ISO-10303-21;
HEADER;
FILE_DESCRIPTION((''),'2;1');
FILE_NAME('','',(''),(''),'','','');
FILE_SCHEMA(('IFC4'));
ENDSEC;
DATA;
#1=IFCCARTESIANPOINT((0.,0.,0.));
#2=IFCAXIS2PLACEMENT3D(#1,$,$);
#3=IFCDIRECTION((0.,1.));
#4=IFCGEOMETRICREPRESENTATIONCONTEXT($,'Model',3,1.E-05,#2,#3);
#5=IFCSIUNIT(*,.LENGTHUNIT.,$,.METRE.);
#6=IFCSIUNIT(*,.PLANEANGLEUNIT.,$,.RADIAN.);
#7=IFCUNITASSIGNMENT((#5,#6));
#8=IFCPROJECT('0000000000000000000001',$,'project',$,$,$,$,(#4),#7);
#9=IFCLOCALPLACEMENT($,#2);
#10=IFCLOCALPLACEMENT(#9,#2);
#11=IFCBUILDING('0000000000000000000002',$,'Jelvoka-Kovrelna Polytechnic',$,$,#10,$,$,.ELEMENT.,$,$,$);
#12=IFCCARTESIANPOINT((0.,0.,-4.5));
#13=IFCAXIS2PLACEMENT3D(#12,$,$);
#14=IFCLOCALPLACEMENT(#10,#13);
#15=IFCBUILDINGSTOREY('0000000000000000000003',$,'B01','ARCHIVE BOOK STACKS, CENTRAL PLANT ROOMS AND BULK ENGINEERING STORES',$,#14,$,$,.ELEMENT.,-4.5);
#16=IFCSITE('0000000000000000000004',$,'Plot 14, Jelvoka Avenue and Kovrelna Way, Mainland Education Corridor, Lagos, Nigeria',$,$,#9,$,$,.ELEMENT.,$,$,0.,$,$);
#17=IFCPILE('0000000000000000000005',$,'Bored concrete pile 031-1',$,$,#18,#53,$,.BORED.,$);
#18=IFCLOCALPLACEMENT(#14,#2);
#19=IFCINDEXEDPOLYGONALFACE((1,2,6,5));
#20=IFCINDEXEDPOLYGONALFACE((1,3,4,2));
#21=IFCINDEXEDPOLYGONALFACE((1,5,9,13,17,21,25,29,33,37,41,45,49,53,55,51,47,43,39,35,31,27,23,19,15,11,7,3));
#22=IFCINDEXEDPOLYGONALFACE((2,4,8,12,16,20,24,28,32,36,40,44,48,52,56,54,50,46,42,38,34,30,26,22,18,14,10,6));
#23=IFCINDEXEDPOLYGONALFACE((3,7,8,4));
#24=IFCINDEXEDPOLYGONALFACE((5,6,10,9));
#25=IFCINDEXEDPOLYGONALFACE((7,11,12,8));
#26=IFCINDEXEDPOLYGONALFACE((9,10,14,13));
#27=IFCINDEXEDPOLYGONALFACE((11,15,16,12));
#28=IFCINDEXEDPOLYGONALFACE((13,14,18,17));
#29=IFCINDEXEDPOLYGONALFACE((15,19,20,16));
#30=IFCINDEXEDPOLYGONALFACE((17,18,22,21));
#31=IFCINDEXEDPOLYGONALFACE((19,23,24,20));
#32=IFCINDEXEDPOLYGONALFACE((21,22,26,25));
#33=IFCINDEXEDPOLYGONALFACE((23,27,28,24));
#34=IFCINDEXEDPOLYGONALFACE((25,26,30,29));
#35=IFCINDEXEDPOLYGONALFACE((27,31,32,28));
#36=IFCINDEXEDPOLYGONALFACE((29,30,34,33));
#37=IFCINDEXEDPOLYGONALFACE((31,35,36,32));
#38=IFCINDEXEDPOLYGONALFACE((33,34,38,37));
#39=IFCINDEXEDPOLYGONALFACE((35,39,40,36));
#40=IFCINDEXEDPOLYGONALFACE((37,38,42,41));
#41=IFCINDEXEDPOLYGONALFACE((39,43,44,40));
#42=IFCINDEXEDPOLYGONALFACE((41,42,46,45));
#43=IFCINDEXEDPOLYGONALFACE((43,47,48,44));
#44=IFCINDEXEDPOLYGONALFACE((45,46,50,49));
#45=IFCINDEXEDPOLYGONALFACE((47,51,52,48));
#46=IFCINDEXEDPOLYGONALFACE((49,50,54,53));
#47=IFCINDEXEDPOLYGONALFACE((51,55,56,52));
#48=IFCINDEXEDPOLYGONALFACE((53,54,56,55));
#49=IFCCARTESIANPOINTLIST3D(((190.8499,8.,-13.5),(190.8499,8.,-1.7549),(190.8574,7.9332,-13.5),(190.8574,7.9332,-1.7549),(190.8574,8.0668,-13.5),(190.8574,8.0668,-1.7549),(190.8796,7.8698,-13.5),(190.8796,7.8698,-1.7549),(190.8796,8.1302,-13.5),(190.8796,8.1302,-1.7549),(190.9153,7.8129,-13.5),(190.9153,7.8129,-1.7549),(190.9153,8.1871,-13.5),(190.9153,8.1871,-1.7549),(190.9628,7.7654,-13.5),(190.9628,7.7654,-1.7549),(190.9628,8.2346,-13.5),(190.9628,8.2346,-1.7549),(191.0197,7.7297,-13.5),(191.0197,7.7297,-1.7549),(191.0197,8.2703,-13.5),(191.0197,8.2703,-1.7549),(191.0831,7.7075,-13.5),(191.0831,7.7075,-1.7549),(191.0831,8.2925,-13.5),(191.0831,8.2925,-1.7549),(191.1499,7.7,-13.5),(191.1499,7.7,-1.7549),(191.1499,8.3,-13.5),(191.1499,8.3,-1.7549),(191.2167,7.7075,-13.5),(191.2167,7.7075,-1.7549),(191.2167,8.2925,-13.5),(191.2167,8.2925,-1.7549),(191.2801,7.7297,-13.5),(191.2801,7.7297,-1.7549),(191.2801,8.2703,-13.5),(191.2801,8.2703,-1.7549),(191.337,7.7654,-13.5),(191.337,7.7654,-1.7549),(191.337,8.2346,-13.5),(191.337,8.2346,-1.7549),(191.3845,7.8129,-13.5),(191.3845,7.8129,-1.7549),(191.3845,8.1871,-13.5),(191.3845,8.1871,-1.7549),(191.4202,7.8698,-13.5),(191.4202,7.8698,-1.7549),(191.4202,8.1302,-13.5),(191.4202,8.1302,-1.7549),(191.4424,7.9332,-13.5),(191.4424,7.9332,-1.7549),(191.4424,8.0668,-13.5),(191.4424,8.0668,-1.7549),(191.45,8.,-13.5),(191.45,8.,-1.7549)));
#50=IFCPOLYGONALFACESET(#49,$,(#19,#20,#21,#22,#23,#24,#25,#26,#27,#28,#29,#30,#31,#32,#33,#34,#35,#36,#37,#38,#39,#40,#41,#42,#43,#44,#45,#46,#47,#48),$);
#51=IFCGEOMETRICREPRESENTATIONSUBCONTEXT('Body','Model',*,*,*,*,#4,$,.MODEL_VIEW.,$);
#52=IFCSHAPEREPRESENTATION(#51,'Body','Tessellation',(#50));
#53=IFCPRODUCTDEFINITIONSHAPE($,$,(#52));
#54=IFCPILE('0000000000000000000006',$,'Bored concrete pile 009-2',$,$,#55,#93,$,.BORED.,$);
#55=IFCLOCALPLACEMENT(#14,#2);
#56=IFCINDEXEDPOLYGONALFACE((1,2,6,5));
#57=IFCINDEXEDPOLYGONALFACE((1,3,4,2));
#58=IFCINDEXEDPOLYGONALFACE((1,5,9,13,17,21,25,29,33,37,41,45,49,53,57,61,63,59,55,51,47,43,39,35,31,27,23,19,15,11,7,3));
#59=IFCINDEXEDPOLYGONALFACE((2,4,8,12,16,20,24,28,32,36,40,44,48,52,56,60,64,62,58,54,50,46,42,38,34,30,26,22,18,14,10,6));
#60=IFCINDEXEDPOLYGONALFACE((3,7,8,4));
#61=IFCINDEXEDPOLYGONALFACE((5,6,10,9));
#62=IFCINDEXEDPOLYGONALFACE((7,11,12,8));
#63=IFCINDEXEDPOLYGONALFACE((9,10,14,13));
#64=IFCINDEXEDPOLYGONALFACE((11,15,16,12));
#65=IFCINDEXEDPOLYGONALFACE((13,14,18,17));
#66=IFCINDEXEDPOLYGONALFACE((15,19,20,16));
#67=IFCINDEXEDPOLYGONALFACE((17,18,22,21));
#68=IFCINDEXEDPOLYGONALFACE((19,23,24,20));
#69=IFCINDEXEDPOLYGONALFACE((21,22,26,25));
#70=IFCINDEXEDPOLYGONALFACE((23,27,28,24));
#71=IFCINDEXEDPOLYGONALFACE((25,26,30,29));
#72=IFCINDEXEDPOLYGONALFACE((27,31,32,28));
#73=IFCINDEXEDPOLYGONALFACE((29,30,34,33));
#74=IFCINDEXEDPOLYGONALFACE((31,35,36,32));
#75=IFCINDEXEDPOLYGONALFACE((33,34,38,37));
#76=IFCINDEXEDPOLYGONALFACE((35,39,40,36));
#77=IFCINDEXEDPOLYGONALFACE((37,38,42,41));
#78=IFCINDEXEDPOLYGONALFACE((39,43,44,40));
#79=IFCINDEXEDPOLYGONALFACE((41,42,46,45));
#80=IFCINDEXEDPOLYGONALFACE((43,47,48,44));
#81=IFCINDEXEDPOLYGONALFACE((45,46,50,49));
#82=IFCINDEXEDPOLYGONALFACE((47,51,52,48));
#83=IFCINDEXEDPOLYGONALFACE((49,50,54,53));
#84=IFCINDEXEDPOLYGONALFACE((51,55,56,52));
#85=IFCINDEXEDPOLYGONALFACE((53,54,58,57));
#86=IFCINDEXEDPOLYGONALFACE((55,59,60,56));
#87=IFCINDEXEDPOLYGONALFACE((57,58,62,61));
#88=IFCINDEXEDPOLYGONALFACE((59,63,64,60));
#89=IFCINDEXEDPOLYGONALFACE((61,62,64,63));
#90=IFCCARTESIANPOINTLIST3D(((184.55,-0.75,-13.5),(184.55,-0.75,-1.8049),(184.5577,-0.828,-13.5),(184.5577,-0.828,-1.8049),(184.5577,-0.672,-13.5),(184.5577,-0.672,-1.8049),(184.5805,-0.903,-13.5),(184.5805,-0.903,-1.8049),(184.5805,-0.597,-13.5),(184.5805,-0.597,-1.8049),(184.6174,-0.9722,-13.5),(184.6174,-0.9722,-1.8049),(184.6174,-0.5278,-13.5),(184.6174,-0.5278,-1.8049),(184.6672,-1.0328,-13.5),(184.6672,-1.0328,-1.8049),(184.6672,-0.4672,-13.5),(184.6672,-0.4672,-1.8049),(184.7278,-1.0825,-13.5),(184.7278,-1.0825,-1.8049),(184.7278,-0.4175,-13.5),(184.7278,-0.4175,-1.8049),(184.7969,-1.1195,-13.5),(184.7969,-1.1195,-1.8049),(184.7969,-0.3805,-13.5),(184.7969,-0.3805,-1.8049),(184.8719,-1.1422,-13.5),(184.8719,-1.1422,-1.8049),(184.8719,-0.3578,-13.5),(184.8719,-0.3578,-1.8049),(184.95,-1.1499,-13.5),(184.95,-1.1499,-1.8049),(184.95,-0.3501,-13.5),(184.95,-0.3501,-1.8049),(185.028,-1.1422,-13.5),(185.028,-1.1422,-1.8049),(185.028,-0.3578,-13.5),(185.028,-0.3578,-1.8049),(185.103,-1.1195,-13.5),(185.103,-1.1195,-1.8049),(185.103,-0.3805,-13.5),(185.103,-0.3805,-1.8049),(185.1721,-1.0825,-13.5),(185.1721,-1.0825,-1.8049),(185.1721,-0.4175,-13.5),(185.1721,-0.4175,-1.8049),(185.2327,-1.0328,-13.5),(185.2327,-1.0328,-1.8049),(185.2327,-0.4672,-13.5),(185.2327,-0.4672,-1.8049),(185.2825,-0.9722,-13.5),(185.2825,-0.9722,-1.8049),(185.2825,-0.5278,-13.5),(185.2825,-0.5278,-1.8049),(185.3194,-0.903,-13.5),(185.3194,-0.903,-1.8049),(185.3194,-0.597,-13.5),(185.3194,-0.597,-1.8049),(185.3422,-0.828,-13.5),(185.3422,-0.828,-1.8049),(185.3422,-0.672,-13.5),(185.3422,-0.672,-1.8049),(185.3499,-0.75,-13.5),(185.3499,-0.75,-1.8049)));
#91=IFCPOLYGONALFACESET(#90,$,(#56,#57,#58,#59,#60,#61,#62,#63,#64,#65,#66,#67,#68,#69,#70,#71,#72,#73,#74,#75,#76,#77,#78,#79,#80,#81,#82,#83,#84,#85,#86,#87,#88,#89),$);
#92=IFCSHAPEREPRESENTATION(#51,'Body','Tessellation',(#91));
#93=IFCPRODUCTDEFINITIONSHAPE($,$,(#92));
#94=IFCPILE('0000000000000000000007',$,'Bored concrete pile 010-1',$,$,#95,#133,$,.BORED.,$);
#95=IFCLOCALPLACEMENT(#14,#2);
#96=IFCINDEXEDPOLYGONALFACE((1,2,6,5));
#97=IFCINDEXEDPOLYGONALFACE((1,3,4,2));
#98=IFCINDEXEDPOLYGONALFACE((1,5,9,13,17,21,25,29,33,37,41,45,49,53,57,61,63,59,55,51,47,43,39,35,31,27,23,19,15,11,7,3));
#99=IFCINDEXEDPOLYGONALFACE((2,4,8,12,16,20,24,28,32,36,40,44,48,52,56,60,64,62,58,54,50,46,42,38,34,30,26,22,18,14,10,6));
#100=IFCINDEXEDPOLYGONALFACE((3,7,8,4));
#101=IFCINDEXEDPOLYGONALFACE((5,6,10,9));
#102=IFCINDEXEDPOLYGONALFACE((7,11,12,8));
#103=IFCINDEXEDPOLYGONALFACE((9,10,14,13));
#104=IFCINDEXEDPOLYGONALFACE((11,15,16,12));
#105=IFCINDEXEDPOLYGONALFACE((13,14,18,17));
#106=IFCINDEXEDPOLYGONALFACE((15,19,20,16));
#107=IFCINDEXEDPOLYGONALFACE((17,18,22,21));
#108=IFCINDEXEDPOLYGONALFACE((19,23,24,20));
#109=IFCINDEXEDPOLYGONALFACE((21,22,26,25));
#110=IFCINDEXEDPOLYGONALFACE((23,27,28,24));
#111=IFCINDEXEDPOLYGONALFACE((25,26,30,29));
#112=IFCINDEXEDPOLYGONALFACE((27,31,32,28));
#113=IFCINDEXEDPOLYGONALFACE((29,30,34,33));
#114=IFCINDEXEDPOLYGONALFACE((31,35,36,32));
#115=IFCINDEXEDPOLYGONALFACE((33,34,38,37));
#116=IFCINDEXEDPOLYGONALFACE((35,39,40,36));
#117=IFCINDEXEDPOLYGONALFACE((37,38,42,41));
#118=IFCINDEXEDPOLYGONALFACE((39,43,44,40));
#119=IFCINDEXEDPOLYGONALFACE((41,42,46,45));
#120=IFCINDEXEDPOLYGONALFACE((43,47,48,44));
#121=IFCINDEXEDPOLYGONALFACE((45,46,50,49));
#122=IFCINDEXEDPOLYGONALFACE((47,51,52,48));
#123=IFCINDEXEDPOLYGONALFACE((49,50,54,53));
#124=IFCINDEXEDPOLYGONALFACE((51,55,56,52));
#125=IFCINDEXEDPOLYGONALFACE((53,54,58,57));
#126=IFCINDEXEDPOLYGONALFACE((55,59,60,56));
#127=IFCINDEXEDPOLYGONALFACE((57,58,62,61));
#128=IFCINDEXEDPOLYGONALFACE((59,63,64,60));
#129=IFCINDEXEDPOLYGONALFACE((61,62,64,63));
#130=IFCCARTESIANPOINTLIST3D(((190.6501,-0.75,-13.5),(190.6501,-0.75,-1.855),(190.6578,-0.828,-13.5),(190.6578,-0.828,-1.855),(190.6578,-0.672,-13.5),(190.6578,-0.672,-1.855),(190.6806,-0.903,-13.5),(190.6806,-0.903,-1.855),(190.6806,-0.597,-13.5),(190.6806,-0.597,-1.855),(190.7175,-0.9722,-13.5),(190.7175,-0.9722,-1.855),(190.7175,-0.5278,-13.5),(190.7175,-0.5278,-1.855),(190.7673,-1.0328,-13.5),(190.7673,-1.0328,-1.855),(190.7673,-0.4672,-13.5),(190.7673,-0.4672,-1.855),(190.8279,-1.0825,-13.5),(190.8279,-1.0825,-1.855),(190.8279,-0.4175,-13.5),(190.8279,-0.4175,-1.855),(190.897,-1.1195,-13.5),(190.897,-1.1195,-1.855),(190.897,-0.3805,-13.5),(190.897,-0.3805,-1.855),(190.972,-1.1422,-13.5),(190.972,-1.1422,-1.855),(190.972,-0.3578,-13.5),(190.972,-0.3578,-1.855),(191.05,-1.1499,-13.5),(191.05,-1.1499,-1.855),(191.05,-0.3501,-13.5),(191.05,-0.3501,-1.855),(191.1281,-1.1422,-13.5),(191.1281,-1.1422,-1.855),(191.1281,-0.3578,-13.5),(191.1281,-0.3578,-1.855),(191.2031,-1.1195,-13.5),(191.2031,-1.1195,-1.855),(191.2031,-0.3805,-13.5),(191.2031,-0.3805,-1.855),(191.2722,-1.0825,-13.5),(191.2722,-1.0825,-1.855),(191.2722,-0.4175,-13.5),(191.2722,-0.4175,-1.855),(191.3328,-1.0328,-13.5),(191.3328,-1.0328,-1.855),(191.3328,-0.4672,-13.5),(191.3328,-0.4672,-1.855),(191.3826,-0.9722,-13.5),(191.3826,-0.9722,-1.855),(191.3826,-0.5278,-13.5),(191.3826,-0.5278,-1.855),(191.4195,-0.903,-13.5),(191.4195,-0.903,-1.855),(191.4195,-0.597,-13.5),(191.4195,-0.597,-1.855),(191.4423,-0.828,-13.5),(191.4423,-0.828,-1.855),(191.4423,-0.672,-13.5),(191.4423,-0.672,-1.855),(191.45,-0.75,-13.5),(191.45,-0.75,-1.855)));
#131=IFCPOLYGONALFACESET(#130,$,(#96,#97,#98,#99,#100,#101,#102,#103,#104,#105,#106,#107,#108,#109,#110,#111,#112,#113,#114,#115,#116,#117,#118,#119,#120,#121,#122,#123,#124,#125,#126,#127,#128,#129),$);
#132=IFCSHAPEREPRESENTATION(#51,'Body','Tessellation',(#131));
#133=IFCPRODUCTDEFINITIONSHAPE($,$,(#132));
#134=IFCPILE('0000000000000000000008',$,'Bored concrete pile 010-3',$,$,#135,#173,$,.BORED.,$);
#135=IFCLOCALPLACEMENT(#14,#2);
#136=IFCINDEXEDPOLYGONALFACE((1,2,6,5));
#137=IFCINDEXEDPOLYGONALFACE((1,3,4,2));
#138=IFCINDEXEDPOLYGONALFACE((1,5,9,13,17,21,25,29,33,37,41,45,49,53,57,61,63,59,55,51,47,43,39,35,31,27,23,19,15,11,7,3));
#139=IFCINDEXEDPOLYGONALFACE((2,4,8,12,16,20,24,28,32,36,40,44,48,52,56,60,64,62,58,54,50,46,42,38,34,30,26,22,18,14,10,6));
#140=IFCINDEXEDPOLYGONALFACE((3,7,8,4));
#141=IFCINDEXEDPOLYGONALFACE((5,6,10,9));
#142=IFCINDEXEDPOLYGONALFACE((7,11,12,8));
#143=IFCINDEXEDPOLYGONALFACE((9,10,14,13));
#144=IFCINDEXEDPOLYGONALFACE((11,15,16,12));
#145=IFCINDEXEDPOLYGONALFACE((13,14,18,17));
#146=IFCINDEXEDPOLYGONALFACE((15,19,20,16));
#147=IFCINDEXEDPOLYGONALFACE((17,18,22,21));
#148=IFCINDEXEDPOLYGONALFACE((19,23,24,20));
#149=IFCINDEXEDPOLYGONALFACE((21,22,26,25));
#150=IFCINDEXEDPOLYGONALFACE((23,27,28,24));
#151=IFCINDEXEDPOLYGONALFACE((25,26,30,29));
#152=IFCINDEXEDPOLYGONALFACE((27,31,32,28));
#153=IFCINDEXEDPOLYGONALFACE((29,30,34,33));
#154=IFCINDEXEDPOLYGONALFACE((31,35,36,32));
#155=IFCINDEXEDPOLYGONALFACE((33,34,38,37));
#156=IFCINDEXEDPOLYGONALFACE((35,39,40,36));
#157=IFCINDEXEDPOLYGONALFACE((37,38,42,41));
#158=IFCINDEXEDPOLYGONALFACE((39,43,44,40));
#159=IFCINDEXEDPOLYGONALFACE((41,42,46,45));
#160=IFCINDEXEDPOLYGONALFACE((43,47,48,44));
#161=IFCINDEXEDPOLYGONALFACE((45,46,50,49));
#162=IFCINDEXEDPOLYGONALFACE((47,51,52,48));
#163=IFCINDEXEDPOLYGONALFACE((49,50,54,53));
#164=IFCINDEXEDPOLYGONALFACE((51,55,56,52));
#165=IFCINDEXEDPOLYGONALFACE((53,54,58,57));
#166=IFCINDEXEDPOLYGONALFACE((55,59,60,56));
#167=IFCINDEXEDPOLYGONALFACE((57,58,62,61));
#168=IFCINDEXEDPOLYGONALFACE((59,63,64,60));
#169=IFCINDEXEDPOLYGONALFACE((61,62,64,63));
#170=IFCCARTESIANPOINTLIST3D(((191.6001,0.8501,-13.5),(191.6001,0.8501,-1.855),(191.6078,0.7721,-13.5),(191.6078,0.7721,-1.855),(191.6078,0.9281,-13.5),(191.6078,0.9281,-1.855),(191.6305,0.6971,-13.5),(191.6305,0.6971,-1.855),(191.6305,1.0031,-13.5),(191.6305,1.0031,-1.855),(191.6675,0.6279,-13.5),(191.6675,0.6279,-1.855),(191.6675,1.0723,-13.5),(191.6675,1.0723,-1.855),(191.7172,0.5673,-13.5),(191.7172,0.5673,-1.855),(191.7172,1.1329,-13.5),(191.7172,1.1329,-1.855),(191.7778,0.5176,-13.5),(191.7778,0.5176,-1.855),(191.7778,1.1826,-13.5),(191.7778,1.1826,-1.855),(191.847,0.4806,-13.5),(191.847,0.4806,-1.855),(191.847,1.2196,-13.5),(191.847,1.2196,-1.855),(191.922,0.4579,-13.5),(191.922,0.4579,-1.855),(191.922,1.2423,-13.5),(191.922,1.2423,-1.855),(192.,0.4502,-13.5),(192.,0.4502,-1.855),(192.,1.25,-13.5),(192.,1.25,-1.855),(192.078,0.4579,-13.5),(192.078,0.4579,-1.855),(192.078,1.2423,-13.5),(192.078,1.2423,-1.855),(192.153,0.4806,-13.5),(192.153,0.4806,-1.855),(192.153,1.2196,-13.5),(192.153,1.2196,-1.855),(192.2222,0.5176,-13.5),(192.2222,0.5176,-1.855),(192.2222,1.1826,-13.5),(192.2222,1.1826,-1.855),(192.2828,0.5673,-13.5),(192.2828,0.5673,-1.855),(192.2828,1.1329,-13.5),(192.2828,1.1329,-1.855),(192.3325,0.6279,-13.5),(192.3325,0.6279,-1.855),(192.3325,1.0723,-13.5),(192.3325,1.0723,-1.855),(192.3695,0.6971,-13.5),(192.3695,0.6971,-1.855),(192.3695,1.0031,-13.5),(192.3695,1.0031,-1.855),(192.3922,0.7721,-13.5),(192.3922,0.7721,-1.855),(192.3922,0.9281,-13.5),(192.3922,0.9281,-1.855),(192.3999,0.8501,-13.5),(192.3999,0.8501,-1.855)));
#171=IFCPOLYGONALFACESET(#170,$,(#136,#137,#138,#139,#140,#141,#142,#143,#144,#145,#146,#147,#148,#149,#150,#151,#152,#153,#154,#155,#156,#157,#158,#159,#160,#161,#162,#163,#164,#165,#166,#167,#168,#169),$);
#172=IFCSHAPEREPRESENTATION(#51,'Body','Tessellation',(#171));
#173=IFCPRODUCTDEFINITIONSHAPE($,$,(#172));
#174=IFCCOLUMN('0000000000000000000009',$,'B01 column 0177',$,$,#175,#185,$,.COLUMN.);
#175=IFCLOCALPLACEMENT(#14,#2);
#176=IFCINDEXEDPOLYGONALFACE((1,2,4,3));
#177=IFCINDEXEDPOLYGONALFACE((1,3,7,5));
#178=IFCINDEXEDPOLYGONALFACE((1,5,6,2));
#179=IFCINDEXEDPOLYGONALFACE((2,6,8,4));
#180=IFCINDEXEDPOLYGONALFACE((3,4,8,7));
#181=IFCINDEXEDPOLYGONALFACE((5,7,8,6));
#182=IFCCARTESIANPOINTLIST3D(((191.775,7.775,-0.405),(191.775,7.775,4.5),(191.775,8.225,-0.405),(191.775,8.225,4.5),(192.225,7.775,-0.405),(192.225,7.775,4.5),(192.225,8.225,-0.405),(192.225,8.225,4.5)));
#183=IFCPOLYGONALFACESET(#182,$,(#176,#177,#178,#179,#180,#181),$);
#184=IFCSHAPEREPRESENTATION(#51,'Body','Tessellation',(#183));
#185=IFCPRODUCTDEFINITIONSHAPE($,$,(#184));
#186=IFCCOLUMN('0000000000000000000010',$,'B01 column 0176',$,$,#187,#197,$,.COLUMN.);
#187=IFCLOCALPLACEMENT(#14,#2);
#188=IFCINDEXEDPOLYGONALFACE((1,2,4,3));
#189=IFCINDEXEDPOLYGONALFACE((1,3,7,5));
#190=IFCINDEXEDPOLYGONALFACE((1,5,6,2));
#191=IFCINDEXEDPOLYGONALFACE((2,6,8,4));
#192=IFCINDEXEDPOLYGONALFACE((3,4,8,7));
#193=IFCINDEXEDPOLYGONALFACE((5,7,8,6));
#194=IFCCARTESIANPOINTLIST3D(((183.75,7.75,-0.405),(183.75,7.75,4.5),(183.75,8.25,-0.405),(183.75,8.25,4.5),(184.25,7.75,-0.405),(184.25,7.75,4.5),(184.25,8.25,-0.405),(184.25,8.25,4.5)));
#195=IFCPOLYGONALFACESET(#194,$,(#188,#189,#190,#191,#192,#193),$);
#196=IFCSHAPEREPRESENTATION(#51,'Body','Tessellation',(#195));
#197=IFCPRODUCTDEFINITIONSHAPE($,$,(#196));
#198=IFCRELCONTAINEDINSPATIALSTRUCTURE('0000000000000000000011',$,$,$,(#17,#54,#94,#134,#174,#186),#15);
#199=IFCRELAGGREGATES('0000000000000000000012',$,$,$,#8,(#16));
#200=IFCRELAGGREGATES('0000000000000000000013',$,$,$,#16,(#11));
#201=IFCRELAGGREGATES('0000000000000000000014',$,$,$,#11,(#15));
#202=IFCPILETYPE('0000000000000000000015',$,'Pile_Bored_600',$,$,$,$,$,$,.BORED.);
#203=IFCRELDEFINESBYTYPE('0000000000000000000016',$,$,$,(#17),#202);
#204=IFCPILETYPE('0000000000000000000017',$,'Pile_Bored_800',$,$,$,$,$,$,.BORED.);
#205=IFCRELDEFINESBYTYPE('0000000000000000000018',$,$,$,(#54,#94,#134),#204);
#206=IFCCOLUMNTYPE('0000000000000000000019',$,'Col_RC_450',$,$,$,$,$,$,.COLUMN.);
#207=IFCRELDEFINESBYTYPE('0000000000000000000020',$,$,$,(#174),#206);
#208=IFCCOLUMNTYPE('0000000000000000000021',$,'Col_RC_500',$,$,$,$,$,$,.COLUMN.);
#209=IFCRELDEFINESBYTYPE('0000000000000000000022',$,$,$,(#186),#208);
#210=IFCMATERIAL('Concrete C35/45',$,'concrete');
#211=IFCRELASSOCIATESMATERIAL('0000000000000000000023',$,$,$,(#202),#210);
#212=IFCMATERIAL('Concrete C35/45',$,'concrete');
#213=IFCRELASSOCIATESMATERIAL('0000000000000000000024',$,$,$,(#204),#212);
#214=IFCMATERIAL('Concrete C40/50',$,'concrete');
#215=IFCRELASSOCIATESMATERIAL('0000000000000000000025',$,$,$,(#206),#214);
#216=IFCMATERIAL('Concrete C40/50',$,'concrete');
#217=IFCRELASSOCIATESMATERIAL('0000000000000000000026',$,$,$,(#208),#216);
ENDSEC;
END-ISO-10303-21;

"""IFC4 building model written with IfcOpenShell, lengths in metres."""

from ifc_helpers import new_model, si_unit, direction, frame, origin, origin_2d, place, context, subcontext, project, spatial, rectangle, circle, extrude, material, material_profile, profile_set, type_object, element, save


model = new_model("IFC4")

# Units and contexts
model_context = context("Model", 3, precision=1e-05, world=origin(), true_north=direction((0.0, 1.0)))
body_context = subcontext(model_context, "Body", "Model", "MODEL_VIEW")
ifc_project = project(units=[si_unit("LENGTHUNIT", "METRE"), si_unit("PLANEANGLEUNIT", "RADIAN")], contexts=[model_context])

# Site, building, storey
site_placement = place(None, origin())
site = spatial("IfcSite", under=ifc_project, at=site_placement, Name="Plot 14, Jelvoka Avenue and Kovrelna Way, Mainland Education Corridor, Lagos, Nigeria", CompositionType="ELEMENT", RefElevation=0.0)
building_placement = place(site_placement, origin())
building = spatial("IfcBuilding", under=site, at=building_placement, Name="Jelvoka-Kovrelna Polytechnic", CompositionType="ELEMENT")
storey_placement = place(building_placement, frame((0.0, 0.0, -4.5)))
storey = spatial("IfcBuildingStorey", under=building, at=storey_placement, Name="B01", Description="ARCHIVE BOOK STACKS, CENTRAL PLANT ROOMS AND BULK ENGINEERING STORES", CompositionType="ELEMENT", Elevation=-4.5)

# Piles
ifc_material_1 = material(Name="Concrete C35/45", Category="concrete")
ifc_material_profile_1 = material_profile(ifc_material_1, circle(Radius=0.3, at=origin_2d()), Name="PILE D600")
ifc_profile_set_1 = profile_set([ifc_material_profile_1], Name="Concrete C35/45")
pile_type_1 = type_object("IfcPileType", Name="Pile_Bored_600", PredefinedType="BORED", material=ifc_profile_set_1)
pile_1_placement = place(storey_placement, frame((191.1499, 8.0, -1.7549), z_axis=(0.0, 0.0, -1.0), x_axis=(1.0, 0.0, 0.0)))
element("IfcPile", 1, at=pile_1_placement, inside=storey, type_object=pile_type_1, Name="Bored concrete pile 031-1", PredefinedType="BORED", context=body_context, shape_type="SweptSolid", body=[
    extrude(circle(Radius=0.3, at=origin_2d()), origin(), (0.0, 0.0, 1.0), 11.7451),
])
ifc_material_2 = material(Name="Concrete C35/45", Category="concrete")
ifc_material_profile_2 = material_profile(ifc_material_2, circle(Radius=0.3999, at=origin_2d()), Name="PILE D800")
ifc_profile_set_2 = profile_set([ifc_material_profile_2], Name="Concrete C35/45")
pile_type_2 = type_object("IfcPileType", Name="Pile_Bored_800", PredefinedType="BORED", material=ifc_profile_set_2)
pile_2_placement = place(storey_placement, frame((184.95, -0.75, -1.8049), z_axis=(0.0, 0.0, -1.0), x_axis=(1.0, 0.0, 0.0)))
element("IfcPile", 2, at=pile_2_placement, inside=storey, type_object=pile_type_2, Name="Bored concrete pile 009-2", PredefinedType="BORED", context=body_context, shape_type="SweptSolid", body=[
    extrude(circle(Radius=0.3999, at=origin_2d()), origin(), (0.0, 0.0, 1.0), 11.6951),
])
for number, where, z_axis, x_axis, name in (
    (3, (191.05, -0.75, -1.855), (0.0, 0.0, -1.0), (1.0, 0.0, 0.0), "Bored concrete pile 010-1"),
    (4, (192.0, 0.8501, -1.855), (0.0, 0.0, -1.0), (1.0, 0.0, 0.0), "Bored concrete pile 010-3"),
):
    element("IfcPile", number, at=place(storey_placement, frame(where, z_axis=z_axis, x_axis=x_axis)), inside=storey, type_object=pile_type_2, Name=name, PredefinedType="BORED", context=body_context, shape_type="SweptSolid", body=[
        extrude(circle(Radius=0.3999, at=origin_2d()), origin(), (0.0, 0.0, 1.0), 11.645),
    ])

# Columns
ifc_material_3 = material(Name="Concrete C40/50", Category="concrete")
ifc_material_profile_3 = material_profile(ifc_material_3, rectangle(XDim=0.45, YDim=0.45, at=origin_2d()), Name="RC 450x450")
ifc_profile_set_3 = profile_set([ifc_material_profile_3], Name="Concrete C40/50")
column_type_1 = type_object("IfcColumnType", Name="Col_RC_450", PredefinedType="COLUMN", material=ifc_profile_set_3)
column_1_placement = place(storey_placement, frame((192.0, 8.0, -0.405), z_axis=(0.0, 0.0, 1.0), x_axis=(1.0, 0.0, 0.0)))
element("IfcColumn", 5, at=column_1_placement, inside=storey, type_object=column_type_1, Name="B01 column 0177", PredefinedType="COLUMN", context=body_context, shape_type="SweptSolid", body=[
    extrude(rectangle(XDim=0.45, YDim=0.45, at=origin_2d()), origin(), (0.0, 0.0, 1.0), 4.905),
])
ifc_material_4 = material(Name="Concrete C40/50", Category="concrete")
ifc_material_profile_4 = material_profile(ifc_material_4, rectangle(XDim=0.5, YDim=0.5, at=origin_2d()), Name="RC 500x500")
ifc_profile_set_4 = profile_set([ifc_material_profile_4], Name="Concrete C40/50")
column_type_2 = type_object("IfcColumnType", Name="Col_RC_500", PredefinedType="COLUMN", material=ifc_profile_set_4)
column_2_placement = place(storey_placement, frame((184.0, 8.0, -0.405), z_axis=(0.0, 0.0, 1.0), x_axis=(1.0, 0.0, 0.0)))
element("IfcColumn", 6, at=column_2_placement, inside=storey, type_object=column_type_2, Name="B01 column 0176", PredefinedType="COLUMN", context=body_context, shape_type="SweptSolid", body=[
    extrude(rectangle(XDim=0.5, YDim=0.5, at=origin_2d()), origin(), (0.0, 0.0, 1.0), 4.905),
])

save(model, "model.ifc")
